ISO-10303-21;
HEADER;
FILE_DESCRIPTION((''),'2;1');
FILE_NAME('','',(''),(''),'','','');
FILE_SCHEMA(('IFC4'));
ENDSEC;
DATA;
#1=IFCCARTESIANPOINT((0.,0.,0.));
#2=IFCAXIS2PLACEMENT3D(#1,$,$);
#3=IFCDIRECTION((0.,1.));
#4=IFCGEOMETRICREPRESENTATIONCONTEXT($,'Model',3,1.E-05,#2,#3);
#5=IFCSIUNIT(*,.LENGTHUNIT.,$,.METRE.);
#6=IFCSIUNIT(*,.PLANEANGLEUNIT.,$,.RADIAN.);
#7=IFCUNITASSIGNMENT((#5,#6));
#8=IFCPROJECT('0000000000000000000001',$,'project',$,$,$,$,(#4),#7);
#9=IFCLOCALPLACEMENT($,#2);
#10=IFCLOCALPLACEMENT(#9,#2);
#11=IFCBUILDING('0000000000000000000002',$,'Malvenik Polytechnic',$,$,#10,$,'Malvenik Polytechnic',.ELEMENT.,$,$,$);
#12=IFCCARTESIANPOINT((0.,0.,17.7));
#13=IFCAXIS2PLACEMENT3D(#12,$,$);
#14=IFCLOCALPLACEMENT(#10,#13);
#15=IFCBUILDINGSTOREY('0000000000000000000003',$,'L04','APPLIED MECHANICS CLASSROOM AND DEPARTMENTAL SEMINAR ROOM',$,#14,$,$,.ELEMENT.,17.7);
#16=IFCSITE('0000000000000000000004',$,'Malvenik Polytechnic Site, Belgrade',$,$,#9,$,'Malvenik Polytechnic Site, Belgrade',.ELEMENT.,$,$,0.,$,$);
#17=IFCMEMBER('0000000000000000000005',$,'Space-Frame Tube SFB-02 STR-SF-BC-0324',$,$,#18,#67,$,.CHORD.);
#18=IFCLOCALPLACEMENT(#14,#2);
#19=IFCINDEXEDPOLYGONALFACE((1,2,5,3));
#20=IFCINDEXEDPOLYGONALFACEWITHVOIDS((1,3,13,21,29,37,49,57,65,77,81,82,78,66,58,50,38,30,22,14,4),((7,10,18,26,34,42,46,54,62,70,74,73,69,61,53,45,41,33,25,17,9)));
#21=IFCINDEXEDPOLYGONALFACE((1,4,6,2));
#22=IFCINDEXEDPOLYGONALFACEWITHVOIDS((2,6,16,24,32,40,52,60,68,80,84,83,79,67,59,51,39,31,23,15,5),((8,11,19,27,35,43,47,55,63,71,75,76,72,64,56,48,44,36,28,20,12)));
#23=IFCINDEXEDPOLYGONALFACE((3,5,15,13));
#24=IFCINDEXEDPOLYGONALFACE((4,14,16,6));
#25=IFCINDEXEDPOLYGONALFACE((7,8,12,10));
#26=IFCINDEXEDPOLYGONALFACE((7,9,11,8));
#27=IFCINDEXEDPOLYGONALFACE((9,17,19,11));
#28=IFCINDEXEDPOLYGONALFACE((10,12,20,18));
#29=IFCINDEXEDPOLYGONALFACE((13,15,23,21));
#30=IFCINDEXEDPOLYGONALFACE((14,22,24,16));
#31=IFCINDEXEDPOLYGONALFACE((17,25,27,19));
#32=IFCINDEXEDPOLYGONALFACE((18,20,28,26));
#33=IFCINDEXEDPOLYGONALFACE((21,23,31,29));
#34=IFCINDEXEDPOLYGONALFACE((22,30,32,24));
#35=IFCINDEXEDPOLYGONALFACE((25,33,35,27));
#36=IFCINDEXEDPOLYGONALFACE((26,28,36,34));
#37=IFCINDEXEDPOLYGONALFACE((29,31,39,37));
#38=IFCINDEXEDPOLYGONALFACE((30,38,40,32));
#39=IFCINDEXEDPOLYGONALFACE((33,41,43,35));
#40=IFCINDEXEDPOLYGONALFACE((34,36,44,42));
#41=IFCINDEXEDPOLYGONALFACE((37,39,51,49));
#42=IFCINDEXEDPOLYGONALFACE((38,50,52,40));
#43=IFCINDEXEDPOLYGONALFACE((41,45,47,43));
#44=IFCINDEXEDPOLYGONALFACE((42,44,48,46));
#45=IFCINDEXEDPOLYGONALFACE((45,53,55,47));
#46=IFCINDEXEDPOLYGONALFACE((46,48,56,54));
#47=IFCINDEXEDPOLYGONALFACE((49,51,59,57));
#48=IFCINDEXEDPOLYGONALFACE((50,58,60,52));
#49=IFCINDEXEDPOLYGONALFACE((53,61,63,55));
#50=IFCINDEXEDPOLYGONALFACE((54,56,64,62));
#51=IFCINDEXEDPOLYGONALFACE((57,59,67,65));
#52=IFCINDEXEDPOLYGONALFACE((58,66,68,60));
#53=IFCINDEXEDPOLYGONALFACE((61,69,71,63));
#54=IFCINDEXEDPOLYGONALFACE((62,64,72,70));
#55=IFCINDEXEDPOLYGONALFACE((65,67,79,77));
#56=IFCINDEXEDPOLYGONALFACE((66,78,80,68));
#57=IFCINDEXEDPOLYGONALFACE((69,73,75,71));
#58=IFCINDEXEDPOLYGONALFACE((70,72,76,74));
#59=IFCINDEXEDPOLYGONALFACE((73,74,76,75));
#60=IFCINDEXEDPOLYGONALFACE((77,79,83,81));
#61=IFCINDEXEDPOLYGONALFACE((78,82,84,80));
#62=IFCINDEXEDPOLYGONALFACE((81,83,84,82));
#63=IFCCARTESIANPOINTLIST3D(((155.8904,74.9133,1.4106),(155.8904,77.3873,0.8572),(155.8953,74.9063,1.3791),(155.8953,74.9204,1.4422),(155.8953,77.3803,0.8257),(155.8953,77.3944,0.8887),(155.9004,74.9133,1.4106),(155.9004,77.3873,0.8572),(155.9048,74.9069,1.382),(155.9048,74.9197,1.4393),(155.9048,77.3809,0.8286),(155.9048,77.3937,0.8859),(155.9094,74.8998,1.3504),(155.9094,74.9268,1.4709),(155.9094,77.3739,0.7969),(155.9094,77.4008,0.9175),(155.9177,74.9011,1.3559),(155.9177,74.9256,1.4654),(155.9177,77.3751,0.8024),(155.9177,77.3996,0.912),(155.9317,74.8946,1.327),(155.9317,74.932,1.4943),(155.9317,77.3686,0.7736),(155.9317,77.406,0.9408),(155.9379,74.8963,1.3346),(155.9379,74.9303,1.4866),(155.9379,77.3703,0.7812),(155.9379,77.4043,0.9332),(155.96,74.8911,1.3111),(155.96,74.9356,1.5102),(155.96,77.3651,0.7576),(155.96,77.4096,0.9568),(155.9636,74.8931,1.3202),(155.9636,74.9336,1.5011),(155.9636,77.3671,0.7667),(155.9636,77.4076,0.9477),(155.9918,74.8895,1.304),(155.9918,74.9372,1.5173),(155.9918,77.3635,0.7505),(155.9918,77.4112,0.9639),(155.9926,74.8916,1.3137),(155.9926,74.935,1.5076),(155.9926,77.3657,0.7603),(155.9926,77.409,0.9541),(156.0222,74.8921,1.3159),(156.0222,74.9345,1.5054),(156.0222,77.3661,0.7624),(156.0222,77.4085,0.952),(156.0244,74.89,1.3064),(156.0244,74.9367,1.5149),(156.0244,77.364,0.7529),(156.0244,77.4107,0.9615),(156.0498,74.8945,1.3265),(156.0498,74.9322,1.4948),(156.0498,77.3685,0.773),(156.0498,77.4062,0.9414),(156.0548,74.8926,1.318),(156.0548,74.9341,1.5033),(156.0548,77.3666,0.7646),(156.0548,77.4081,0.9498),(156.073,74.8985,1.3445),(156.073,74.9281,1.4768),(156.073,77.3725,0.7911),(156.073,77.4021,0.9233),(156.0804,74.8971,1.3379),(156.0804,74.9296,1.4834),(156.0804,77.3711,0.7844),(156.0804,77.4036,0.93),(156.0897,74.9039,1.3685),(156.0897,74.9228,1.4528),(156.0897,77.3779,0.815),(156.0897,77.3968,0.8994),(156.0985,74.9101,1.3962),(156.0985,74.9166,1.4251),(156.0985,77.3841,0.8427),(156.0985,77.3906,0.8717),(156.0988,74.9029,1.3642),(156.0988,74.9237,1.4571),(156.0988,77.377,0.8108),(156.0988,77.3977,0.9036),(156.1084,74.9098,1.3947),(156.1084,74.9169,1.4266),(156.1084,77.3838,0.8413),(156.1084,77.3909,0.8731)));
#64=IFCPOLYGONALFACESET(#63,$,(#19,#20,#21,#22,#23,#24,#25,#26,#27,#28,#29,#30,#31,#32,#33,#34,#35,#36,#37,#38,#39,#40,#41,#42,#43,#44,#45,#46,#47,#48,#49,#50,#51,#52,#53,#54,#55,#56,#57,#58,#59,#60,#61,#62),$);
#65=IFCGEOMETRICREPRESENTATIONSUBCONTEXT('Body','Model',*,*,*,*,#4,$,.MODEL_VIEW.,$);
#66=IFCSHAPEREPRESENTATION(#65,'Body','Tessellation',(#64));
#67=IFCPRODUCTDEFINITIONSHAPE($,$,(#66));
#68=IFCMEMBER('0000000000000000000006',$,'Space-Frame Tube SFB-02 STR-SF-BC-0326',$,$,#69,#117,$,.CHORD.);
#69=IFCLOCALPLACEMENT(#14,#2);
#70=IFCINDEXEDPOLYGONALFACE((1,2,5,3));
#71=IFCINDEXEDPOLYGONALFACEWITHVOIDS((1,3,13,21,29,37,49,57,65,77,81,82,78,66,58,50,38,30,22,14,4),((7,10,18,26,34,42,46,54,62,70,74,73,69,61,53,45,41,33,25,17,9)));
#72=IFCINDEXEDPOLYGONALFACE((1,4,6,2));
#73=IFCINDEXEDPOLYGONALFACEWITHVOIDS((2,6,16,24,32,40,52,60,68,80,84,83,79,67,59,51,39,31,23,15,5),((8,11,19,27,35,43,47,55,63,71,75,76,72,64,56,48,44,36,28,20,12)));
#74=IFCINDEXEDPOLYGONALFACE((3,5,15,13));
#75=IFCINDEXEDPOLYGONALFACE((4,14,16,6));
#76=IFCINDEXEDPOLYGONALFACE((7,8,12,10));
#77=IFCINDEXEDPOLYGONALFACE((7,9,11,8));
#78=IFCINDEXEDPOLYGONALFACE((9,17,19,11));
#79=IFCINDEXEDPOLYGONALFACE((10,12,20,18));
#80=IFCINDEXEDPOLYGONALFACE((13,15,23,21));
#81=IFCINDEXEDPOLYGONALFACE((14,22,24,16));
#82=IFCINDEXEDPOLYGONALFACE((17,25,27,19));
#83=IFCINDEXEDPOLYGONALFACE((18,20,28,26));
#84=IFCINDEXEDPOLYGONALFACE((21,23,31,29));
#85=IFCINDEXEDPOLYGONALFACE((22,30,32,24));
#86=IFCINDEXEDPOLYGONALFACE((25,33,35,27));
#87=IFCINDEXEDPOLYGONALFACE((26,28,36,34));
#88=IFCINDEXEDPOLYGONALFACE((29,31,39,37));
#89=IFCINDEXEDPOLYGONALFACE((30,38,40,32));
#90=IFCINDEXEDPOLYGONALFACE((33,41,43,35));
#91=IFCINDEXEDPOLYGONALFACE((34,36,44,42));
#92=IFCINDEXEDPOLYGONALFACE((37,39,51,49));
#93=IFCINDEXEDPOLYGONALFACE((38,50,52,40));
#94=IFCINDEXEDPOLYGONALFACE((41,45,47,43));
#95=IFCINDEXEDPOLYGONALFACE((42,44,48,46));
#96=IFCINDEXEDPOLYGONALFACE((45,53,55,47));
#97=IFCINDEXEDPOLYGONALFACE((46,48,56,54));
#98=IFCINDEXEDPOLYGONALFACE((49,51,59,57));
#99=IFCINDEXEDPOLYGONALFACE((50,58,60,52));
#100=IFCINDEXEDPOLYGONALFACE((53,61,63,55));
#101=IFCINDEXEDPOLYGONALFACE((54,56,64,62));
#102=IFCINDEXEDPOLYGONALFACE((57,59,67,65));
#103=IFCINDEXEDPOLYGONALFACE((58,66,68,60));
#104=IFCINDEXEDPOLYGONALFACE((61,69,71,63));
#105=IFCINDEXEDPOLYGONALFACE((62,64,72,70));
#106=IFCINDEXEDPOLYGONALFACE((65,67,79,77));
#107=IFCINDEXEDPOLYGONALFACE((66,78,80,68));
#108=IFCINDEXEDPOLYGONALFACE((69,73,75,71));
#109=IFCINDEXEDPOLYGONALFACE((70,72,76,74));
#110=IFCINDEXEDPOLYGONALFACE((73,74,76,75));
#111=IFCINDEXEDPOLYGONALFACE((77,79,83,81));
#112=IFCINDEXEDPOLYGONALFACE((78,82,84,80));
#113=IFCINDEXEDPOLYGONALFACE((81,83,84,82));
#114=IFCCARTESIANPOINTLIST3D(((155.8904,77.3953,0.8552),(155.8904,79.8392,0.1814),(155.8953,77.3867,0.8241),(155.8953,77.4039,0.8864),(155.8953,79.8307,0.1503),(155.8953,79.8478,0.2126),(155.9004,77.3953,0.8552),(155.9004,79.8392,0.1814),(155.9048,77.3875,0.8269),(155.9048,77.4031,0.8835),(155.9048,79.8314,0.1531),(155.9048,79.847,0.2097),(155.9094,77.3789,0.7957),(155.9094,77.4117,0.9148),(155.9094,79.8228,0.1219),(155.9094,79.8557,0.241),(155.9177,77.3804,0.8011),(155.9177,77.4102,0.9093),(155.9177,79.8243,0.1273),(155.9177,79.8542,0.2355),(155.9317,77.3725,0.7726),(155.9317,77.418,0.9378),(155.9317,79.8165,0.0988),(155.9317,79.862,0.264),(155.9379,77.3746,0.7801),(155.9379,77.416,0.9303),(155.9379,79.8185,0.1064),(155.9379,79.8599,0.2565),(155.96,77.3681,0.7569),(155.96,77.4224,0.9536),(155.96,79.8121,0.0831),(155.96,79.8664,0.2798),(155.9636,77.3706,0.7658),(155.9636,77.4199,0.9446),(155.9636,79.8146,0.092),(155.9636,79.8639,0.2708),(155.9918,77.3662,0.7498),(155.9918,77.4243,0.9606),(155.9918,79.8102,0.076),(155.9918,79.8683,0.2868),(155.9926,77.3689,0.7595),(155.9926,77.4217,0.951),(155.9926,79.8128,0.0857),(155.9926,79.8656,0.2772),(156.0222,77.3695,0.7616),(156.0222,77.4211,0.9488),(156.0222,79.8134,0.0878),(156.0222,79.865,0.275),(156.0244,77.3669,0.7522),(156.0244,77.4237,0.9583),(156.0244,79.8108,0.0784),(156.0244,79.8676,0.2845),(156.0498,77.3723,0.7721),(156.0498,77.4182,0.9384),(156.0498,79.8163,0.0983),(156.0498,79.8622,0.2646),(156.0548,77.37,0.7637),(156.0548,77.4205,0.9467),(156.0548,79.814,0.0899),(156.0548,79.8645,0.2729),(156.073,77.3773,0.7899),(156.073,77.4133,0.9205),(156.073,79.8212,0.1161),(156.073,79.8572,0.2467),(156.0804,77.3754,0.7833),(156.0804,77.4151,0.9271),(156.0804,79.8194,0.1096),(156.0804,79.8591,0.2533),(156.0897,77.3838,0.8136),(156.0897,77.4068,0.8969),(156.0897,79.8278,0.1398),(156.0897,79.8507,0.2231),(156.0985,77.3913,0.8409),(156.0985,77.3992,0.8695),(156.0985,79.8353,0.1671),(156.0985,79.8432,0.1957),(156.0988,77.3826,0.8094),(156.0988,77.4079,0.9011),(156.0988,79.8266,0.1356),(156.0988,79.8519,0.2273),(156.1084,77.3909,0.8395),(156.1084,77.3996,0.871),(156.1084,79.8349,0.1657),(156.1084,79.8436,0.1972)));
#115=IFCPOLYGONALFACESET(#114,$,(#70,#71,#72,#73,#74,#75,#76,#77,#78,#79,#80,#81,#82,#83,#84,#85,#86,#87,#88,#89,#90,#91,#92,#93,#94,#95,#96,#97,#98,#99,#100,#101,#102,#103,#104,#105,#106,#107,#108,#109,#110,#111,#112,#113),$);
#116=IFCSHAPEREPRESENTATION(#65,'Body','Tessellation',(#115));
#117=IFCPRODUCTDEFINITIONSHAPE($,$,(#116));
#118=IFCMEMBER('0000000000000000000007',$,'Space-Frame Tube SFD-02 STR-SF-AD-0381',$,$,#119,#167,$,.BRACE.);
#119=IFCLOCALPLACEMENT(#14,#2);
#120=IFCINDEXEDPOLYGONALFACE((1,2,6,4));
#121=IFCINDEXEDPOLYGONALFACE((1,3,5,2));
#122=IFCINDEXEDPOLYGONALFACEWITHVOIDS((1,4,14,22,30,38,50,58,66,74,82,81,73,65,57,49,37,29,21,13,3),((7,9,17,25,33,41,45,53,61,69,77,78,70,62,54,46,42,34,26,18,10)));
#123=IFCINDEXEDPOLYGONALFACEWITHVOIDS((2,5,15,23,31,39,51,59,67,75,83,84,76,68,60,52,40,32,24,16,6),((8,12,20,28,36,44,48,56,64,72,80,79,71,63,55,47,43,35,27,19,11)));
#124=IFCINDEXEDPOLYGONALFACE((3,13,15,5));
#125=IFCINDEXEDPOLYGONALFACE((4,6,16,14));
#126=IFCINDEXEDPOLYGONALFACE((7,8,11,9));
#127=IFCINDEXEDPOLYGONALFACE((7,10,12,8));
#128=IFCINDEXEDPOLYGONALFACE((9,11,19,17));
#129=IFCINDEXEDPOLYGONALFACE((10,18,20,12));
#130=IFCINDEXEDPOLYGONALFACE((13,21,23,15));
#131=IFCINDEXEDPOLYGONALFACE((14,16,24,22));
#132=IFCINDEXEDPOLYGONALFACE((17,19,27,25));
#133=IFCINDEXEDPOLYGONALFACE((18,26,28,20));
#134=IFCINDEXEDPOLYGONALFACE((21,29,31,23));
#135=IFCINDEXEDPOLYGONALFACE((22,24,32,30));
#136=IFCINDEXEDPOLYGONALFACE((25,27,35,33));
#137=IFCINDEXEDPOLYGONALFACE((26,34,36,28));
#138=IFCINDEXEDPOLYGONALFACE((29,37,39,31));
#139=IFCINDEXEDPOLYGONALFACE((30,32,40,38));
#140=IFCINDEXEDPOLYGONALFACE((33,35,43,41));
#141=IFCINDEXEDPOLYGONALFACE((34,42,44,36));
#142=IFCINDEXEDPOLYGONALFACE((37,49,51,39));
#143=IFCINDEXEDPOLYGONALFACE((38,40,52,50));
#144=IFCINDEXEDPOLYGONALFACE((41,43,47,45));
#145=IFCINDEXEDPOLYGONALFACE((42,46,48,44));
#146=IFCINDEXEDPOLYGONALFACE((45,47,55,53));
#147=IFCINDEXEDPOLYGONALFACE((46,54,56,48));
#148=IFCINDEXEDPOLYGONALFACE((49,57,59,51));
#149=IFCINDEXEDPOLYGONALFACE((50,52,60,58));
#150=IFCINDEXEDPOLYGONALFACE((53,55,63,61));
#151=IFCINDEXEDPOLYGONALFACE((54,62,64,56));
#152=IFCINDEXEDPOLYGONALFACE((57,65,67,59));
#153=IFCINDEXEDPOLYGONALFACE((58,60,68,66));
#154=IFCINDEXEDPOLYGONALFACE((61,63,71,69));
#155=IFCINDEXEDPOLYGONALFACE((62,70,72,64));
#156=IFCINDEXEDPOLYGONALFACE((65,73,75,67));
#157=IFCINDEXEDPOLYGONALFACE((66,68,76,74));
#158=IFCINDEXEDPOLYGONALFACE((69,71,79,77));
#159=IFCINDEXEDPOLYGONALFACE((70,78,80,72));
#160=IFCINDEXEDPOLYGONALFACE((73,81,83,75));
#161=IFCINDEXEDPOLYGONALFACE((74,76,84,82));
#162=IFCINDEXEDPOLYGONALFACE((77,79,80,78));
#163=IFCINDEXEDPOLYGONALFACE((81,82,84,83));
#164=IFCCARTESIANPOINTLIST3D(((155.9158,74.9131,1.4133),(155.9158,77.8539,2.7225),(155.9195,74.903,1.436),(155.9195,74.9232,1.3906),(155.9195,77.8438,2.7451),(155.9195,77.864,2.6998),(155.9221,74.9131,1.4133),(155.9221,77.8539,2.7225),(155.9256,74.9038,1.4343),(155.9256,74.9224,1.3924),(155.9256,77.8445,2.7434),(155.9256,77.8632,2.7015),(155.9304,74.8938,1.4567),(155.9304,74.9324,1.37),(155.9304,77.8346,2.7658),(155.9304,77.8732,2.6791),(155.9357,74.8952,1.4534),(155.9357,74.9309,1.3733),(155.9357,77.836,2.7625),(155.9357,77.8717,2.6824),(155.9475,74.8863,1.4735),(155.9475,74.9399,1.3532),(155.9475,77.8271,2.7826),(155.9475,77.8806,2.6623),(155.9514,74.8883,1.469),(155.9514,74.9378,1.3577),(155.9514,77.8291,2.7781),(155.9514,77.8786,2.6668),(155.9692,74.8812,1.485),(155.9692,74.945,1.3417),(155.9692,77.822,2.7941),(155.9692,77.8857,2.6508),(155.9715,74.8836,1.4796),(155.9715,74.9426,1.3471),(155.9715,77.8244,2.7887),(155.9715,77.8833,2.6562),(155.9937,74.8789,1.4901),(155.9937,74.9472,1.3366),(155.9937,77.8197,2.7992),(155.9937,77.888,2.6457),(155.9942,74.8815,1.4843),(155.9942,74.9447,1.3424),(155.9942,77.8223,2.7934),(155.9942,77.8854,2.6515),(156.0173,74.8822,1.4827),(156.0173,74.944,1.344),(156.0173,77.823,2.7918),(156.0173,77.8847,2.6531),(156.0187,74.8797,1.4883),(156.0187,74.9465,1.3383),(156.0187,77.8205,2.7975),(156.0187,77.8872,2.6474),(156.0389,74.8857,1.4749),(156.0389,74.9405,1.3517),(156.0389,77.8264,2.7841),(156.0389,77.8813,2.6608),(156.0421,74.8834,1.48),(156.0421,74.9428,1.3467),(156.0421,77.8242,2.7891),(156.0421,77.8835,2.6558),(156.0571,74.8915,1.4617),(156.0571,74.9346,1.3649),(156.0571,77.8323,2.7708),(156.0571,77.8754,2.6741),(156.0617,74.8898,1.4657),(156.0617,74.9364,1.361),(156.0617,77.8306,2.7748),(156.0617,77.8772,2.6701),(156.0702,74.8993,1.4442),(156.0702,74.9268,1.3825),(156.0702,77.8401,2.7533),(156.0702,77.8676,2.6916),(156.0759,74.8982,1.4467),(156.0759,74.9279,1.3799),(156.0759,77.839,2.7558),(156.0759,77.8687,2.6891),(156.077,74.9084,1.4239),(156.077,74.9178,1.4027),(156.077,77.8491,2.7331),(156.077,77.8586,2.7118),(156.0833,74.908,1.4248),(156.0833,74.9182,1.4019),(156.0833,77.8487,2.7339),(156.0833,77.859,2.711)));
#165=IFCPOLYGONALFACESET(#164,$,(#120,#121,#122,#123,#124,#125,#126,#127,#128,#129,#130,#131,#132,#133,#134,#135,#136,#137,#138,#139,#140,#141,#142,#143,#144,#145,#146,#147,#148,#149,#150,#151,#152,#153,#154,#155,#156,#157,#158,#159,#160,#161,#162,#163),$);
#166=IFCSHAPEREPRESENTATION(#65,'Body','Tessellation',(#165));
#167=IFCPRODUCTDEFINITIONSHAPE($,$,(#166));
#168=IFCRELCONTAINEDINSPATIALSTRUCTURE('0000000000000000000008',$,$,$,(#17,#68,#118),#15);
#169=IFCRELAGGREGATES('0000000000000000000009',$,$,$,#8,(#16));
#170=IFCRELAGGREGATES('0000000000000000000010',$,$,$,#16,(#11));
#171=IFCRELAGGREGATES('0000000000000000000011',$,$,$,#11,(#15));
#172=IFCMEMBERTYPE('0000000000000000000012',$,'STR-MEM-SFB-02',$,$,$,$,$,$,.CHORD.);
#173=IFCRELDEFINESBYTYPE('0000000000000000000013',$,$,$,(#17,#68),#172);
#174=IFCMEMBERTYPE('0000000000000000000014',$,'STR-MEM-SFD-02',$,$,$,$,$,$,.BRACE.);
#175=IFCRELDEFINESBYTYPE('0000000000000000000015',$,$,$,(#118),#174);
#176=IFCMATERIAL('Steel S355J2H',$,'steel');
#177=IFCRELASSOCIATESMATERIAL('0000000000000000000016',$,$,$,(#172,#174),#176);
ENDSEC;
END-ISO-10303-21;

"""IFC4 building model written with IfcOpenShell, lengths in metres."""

from ifc_helpers import new_model, si_unit, direction, frame, origin, origin_2d, place, context, subcontext, project, spatial, hollow_circle, extrude, material, material_profile, profile_set, type_object, element, save


model = new_model("IFC4")

# Units and contexts
model_context = context("Model", 3, precision=1e-05, world=origin(), true_north=direction((0.0, 1.0)))
body_context = subcontext(model_context, "Body", "Model", "MODEL_VIEW")
ifc_project = project(units=[si_unit("LENGTHUNIT", "METRE"), si_unit("PLANEANGLEUNIT", "RADIAN")], contexts=[model_context])

# Site, building, storey
site_placement = place(None, origin())
site = spatial("IfcSite", under=ifc_project, at=site_placement, Name="Malvenik Polytechnic Site, Belgrade", LongName="Malvenik Polytechnic Site, Belgrade", CompositionType="ELEMENT", RefElevation=0.0)
building_placement = place(site_placement, origin())
building = spatial("IfcBuilding", under=site, at=building_placement, Name="Malvenik Polytechnic", LongName="Malvenik Polytechnic", CompositionType="ELEMENT")
storey_placement = place(building_placement, frame((0.0, 0.0, 17.7)))
storey = spatial("IfcBuildingStorey", under=building, at=storey_placement, Name="L04", Description="APPLIED MECHANICS CLASSROOM AND DEPARTMENTAL SEMINAR ROOM", CompositionType="ELEMENT", Elevation=17.7)

# Members
ifc_material = material(Name="Steel S355J2H", Category="steel")
ifc_material_profile_1 = material_profile(ifc_material, hollow_circle(Radius=0.1096, WallThickness=0.01, at=origin_2d()), Name="CHS 219.1x10.0")
ifc_profile_set_1 = profile_set([ifc_material_profile_1], Name="Steel S355J2H")
member_type_1 = type_object("IfcMemberType", Name="STR-MEM-SFB-02", PredefinedType="CHORD", material=ifc_profile_set_1)
for number, where, z_axis, x_axis, name in (
    (1, (156.0, 74.9133, 1.4106), (0.0, 0.97588, -0.218307), (-1.0, 0.0, 0.0), "Space-Frame Tube SFB-02 STR-SF-BC-0324"),
    (2, (156.0, 77.3953, 0.8552), (0.0, 0.964033, -0.265781), (-1.0, 0.0, 0.0), "Space-Frame Tube SFB-02 STR-SF-BC-0326"),
):
    element("IfcMember", number, at=place(storey_placement, frame(where, z_axis=z_axis, x_axis=x_axis)), inside=storey, type_object=member_type_1, Name=name, PredefinedType="CHORD", context=body_context, shape_type="SweptSolid", body=[
        extrude(hollow_circle(Radius=0.1096, WallThickness=0.01, at=origin_2d()), origin(), (0.0, 0.0, 1.0), 2.5352),
    ])
ifc_material_profile_2 = material_profile(ifc_material, hollow_circle(Radius=0.0842, WallThickness=0.0063, at=origin_2d()), Name="CHS 168.3x6.3")
ifc_profile_set_2 = profile_set([ifc_material_profile_2], Name="Steel S355J2H")
member_type_2 = type_object("IfcMemberType", Name="STR-MEM-SFD-02", PredefinedType="BRACE", material=ifc_profile_set_2)
for number, where, z_axis, x_axis, name in (
    (3, (156.0, 74.9131, 1.4133), (0.0, 0.913567, 0.406687), (-1.0, 0.0, 0.0), "Space-Frame Tube SFD-02 STR-SF-AD-0381"),
):
    element("IfcMember", number, at=place(storey_placement, frame(where, z_axis=z_axis, x_axis=x_axis)), inside=storey, type_object=member_type_2, Name=name, PredefinedType="BRACE", context=body_context, shape_type="SweptSolid", body=[
        extrude(hollow_circle(Radius=0.0842, WallThickness=0.0063, at=origin_2d()), origin(), (0.0, 0.0, 1.0), 3.219),
    ])

save(model, "model.ifc")
